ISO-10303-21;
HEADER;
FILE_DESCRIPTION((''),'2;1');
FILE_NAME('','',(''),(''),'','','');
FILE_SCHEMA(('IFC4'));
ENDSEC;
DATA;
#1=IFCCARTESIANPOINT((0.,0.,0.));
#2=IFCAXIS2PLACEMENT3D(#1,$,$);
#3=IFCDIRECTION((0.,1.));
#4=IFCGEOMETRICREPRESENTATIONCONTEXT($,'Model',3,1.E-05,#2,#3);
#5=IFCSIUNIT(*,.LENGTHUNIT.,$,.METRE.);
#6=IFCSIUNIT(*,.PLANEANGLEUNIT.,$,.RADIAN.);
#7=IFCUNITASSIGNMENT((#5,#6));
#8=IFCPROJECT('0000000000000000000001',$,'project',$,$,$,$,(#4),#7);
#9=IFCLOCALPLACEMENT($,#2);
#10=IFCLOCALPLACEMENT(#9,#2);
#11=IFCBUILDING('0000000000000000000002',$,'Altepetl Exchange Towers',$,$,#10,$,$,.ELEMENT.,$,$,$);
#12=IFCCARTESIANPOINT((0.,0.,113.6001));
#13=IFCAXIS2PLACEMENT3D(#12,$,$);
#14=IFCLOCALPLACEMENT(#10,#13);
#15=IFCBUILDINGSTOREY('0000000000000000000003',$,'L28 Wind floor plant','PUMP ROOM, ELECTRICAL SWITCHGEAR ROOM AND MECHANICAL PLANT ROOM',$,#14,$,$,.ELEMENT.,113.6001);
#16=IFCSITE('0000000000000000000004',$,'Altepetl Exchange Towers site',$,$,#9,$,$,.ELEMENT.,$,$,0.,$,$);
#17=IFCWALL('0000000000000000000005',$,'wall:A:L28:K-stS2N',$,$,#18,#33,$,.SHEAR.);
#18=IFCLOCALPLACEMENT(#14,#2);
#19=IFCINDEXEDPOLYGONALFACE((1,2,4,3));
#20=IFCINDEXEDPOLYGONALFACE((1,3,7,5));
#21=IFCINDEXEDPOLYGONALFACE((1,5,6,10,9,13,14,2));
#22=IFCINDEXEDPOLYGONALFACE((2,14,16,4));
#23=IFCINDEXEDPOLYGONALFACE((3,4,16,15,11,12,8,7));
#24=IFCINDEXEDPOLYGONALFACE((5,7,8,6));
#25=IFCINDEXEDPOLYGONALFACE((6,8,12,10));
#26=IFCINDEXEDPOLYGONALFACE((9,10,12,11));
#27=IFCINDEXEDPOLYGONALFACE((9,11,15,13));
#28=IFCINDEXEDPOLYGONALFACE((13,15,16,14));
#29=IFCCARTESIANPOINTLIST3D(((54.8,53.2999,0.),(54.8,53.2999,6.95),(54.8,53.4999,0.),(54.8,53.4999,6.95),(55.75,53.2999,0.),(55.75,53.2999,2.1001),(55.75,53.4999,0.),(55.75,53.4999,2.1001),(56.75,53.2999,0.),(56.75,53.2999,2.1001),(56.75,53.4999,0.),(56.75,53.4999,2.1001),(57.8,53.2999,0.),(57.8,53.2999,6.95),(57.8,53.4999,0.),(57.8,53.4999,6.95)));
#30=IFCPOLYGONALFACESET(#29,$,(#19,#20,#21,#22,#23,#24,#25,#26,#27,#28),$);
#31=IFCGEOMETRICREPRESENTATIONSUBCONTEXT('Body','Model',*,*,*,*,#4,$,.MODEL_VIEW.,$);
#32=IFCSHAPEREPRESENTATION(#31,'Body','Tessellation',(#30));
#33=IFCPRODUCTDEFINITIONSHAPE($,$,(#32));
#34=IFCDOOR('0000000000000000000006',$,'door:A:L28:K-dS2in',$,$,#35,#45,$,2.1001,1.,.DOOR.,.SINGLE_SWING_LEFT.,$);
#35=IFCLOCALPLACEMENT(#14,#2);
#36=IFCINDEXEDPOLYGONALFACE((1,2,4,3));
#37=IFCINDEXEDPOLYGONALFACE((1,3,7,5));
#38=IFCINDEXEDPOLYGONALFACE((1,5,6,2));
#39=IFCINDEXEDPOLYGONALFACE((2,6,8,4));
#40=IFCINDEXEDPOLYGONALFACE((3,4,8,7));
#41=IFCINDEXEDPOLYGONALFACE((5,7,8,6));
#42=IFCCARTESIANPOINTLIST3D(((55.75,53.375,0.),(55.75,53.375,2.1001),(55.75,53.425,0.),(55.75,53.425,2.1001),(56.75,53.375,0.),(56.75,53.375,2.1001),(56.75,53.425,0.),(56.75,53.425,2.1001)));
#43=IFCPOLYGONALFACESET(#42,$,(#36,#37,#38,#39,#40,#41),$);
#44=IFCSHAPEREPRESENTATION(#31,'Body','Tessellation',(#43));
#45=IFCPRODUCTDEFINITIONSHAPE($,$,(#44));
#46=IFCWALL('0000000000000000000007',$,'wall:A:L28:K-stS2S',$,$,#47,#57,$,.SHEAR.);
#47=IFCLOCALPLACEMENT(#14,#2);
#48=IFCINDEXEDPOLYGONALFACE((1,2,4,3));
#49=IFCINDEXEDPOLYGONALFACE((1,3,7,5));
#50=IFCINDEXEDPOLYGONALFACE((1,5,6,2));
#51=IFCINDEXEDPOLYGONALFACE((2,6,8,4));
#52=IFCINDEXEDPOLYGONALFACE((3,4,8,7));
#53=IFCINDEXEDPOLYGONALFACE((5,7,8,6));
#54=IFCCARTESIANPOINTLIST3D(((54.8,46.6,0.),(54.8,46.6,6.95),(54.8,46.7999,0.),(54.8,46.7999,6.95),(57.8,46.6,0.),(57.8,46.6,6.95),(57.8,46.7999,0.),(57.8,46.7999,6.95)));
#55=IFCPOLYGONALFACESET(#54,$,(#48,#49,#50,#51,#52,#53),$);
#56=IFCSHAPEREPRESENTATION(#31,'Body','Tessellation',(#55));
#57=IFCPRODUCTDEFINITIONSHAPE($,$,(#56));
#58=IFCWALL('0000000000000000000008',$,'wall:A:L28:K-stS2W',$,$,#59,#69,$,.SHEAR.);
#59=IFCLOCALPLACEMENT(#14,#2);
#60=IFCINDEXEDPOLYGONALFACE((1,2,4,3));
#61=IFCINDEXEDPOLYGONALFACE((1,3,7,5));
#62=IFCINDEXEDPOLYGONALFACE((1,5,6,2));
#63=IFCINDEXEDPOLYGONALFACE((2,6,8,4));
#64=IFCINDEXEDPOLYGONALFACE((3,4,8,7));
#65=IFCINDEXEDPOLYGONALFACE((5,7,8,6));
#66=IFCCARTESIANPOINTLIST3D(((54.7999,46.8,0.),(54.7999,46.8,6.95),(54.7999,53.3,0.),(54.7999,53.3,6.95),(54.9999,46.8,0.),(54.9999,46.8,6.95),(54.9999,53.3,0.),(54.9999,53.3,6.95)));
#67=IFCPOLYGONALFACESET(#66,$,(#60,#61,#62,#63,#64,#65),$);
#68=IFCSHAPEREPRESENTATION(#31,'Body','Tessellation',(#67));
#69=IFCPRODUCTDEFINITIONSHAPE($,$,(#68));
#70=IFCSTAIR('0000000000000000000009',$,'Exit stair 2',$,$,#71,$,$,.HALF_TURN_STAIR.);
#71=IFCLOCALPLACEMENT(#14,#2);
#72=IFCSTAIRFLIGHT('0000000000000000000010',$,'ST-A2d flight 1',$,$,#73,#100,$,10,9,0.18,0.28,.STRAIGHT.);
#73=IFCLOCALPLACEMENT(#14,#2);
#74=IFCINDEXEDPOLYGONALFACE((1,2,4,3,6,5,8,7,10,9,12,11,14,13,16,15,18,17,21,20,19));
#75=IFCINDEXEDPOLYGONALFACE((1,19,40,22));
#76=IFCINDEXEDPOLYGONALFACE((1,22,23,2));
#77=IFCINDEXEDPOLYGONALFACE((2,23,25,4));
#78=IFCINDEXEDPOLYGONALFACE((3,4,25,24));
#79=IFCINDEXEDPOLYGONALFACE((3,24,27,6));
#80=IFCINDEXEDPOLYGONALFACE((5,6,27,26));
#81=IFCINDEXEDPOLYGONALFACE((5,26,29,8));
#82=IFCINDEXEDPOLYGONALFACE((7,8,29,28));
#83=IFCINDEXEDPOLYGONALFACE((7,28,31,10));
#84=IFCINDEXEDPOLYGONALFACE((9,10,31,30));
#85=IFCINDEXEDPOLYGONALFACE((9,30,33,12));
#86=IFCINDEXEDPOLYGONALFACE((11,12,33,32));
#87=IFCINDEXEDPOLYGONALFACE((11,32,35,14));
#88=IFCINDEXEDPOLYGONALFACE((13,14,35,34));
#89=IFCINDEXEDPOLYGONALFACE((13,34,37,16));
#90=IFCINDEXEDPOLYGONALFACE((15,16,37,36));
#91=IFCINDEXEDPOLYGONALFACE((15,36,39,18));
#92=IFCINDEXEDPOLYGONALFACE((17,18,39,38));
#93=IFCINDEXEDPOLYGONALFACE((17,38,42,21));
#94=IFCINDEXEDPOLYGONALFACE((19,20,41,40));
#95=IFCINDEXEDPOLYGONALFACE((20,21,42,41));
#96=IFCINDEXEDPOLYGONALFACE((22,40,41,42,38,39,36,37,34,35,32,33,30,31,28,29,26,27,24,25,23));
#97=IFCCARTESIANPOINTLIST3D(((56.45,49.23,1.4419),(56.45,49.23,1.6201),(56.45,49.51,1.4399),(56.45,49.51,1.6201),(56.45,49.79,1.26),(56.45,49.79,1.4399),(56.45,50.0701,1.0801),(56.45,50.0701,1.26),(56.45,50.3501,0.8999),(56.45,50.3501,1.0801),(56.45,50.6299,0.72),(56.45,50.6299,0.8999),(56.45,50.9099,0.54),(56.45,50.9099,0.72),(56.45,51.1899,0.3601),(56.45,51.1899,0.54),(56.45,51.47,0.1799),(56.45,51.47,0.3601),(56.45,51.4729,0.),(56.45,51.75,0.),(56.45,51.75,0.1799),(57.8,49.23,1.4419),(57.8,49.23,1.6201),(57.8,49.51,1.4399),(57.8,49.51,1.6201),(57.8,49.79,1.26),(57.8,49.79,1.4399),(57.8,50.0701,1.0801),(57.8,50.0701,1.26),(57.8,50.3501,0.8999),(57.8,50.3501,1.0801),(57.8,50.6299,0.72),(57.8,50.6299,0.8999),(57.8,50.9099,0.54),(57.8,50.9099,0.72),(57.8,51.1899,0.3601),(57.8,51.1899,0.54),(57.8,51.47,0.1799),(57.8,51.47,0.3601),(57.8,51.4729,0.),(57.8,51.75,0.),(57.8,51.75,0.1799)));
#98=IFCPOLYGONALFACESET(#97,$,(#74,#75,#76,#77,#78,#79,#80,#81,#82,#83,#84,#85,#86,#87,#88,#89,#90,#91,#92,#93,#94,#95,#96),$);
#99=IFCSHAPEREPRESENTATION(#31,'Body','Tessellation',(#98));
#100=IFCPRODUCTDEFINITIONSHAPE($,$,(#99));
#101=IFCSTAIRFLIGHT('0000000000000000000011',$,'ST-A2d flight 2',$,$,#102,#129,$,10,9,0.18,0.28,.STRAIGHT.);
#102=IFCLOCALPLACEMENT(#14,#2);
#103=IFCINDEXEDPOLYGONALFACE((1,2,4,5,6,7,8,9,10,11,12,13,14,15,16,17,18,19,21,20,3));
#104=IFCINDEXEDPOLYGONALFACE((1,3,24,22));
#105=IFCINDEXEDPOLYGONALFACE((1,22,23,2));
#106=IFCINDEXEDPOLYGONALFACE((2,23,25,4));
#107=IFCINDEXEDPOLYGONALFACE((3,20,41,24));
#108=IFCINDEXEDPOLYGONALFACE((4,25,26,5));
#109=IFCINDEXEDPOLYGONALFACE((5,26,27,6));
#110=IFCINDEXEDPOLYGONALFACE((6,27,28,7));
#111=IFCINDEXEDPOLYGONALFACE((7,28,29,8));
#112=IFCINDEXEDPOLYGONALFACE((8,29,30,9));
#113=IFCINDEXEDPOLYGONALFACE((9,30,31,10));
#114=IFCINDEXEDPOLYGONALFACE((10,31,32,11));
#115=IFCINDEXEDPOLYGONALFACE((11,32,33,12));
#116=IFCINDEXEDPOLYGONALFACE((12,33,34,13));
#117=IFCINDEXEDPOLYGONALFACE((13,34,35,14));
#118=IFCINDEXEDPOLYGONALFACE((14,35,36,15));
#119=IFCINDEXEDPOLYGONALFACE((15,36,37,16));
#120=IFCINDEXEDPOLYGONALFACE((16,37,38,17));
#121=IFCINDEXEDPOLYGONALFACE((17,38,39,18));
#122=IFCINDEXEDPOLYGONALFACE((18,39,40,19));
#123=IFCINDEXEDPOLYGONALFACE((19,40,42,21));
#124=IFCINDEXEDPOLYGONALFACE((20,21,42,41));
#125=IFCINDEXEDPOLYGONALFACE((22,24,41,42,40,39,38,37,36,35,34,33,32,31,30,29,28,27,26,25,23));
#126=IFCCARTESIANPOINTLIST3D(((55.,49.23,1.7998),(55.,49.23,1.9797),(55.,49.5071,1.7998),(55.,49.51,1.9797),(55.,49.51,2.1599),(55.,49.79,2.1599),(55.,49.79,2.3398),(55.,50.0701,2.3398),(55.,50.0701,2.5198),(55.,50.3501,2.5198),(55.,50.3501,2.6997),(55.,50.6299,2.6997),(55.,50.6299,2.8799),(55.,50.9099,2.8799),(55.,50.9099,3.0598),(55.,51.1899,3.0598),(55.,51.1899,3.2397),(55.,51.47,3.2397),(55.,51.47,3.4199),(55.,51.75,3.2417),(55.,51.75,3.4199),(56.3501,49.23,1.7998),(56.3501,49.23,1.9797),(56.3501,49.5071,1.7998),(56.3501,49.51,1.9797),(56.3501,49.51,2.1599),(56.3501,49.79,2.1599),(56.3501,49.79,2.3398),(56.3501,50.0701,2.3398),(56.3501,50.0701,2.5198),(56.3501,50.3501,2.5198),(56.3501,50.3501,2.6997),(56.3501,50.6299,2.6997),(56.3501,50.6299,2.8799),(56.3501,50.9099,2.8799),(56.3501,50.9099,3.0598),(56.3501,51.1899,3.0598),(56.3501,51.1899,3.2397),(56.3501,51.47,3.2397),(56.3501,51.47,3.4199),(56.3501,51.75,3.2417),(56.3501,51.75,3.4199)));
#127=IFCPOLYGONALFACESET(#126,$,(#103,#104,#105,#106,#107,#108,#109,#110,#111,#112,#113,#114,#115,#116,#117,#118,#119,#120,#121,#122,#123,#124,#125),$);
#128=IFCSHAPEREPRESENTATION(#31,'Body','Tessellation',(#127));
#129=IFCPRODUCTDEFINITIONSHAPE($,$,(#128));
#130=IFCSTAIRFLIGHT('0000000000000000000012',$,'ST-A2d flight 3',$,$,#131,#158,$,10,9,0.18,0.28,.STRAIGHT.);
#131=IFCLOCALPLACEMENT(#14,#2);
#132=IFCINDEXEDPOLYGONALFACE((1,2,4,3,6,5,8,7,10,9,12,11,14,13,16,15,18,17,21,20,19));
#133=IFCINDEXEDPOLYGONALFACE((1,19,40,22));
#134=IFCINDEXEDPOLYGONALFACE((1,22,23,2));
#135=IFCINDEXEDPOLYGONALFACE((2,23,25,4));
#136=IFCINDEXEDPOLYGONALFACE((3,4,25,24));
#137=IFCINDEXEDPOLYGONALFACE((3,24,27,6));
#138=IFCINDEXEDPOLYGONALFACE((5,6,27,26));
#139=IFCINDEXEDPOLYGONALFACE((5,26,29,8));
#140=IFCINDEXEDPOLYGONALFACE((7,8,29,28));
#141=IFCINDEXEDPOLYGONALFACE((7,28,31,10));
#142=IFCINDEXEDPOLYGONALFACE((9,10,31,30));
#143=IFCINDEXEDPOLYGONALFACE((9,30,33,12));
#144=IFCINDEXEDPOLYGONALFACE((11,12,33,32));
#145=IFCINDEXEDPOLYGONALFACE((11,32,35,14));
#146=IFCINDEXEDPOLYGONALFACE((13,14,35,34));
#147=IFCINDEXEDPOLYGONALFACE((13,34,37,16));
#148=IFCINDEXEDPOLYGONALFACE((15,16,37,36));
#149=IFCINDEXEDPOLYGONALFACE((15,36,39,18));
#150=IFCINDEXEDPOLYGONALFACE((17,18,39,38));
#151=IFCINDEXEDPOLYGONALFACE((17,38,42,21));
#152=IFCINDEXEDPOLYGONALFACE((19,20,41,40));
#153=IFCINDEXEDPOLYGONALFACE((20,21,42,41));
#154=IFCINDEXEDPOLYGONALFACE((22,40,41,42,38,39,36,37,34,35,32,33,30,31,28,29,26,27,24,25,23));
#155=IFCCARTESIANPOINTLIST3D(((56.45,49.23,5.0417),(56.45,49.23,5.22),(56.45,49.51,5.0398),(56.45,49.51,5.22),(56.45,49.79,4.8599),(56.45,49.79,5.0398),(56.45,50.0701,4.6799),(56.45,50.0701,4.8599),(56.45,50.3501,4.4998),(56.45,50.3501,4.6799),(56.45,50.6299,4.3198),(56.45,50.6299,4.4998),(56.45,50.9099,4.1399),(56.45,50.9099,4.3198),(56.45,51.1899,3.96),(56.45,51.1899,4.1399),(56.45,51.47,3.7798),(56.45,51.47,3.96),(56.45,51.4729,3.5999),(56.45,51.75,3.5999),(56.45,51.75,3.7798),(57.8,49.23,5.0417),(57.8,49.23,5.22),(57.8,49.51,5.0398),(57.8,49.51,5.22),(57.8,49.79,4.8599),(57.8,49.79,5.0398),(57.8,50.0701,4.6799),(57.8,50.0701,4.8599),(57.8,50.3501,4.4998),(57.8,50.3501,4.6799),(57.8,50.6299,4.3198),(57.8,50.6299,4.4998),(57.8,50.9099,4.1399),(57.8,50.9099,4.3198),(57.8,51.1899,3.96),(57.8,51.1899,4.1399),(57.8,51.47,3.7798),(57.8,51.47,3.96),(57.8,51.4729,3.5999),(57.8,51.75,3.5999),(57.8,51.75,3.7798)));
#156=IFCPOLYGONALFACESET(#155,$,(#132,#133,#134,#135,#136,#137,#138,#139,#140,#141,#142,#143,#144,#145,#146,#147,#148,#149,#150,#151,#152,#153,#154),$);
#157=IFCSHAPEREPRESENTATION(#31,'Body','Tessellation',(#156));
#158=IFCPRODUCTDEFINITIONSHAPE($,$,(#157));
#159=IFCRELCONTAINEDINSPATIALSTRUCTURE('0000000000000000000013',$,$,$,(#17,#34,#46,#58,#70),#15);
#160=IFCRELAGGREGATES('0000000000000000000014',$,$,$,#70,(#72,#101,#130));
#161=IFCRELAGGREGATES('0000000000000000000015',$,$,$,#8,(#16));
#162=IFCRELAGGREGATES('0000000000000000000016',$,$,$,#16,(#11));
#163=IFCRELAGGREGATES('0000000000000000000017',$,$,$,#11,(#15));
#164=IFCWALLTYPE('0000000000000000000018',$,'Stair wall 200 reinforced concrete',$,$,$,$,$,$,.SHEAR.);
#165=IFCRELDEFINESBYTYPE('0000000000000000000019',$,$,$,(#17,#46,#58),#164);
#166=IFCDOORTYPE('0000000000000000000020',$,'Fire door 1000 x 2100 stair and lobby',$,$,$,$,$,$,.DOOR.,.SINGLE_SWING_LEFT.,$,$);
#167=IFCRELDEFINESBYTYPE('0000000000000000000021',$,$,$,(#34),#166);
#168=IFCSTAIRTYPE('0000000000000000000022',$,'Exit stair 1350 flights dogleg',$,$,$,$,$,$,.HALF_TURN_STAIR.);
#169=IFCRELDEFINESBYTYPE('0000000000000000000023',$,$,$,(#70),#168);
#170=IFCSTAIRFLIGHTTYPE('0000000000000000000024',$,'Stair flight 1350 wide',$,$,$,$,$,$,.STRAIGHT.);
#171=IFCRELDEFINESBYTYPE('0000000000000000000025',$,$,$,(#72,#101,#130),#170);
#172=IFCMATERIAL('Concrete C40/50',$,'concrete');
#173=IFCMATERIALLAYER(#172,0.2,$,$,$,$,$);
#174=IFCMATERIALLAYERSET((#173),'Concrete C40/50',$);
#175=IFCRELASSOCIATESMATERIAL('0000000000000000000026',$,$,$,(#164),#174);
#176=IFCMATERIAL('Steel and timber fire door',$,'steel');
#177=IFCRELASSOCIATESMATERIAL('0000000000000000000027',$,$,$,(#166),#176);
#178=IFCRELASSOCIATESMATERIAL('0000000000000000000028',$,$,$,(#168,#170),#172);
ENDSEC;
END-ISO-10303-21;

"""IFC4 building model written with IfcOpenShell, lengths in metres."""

from ifc_helpers import new_model, si_unit, direction, frame, frame_2d, origin, place, context, subcontext, project, spatial, polyline, rectangle, outline, extrude, material, layer, layer_set, type_object, element, fill, aggregate, save


model = new_model("IFC4")

# Units and contexts
model_context = context("Model", 3, precision=1e-05, world=origin(), true_north=direction((0.0, 1.0)))
body_context = subcontext(model_context, "Body", "Model", "MODEL_VIEW")
ifc_project = project(units=[si_unit("LENGTHUNIT", "METRE"), si_unit("PLANEANGLEUNIT", "RADIAN")], contexts=[model_context])

# Site, building, storey
site_placement = place(None, origin())
site = spatial("IfcSite", under=ifc_project, at=site_placement, Name="Altepetl Exchange Towers site", CompositionType="ELEMENT", RefElevation=0.0)
building_placement = place(site_placement, origin())
building = spatial("IfcBuilding", under=site, at=building_placement, Name="Altepetl Exchange Towers", CompositionType="ELEMENT")
storey_placement = place(building_placement, frame((0.0, 0.0, 113.6001)))
storey = spatial("IfcBuildingStorey", under=building, at=storey_placement, Name="L28 Wind floor plant", Description="PUMP ROOM, ELECTRICAL SWITCHGEAR ROOM AND MECHANICAL PLANT ROOM", CompositionType="ELEMENT", Elevation=113.6001)

# Shared definitions
ifc_material_1 = material(Name="Concrete C40/50", Category="concrete")

# Wall, opening, door
ifc_layer_1 = layer(ifc_material_1, 0.2)
ifc_layer_set_1 = layer_set([ifc_layer_1], Name="Concrete C40/50")
wall_type_1 = type_object("IfcWallType", Name="Stair wall 200 reinforced concrete", PredefinedType="SHEAR", material=ifc_layer_set_1)
wall_1_placement = place(storey_placement, frame((54.8, 53.3999, 0.0)))
wall_1 = element("IfcWall", 1, at=wall_1_placement, inside=storey, type_object=wall_type_1, Name="wall:A:L28:K-stS2N", PredefinedType="SHEAR", context=body_context, shape_type="SweptSolid", body=[
    extrude(rectangle(XDim=3.0, YDim=0.2, at=frame_2d((1.5, 0.0))), origin(), (0.0, 0.0, 1.0), 6.95),
])
opening_placement = place(wall_1_placement, frame((0.95, 0.0, 0.0)))
opening = element("IfcOpeningElement", 2, at=opening_placement, cuts=wall_1, PredefinedType="OPENING", context=body_context, shape_type="SweptSolid", body=[
    extrude(rectangle(XDim=1.0, YDim=2.1001, at=frame_2d((0.5, 1.05))), frame((0.0, 0.1099, 0.0), z_axis=(0.0, -1.0, 0.0), x_axis=(1.0, 0.0, 0.0)), (0.0, 0.0, 1.0), 0.22),
])
ifc_material_2 = material(Name="Steel and timber fire door", Category="steel")
door_type = type_object("IfcDoorType", Name="Fire door 1000 x 2100 stair and lobby", OperationType="SINGLE_SWING_LEFT", PredefinedType="DOOR", material=ifc_material_2)
door_placement = place(opening_placement, frame((1.0, 0.0, 0.0), x_axis=(-1.0, 0.0, 0.0)))
door = element("IfcDoor", 3, at=door_placement, inside=storey, type_object=door_type, Name="door:A:L28:K-dS2in", OperationType="SINGLE_SWING_LEFT", OverallHeight=2.1001, OverallWidth=1.0, PredefinedType="DOOR", context=body_context, shape_type="SweptSolid", body=[
    extrude(rectangle(XDim=1.0, YDim=2.1001, at=frame_2d((0.5, 1.05))), frame((0.0, 0.0249, 0.0), z_axis=(0.0, -1.0, 0.0), x_axis=(1.0, 0.0, 0.0)), (0.0, 0.0, 1.0), 0.05),
])
fill(opening, door)

# Walls
wall_2_placement = place(storey_placement, frame((54.8, 46.7, 0.0)))
element("IfcWall", 4, at=wall_2_placement, inside=storey, type_object=wall_type_1, Name="wall:A:L28:K-stS2S", PredefinedType="SHEAR", context=body_context, shape_type="SweptSolid", body=[
    extrude(rectangle(XDim=3.0, YDim=0.2, at=frame_2d((1.5, 0.0))), origin(), (0.0, 0.0, 1.0), 6.95),
])
wall_3_placement = place(storey_placement, frame((54.8999, 46.8, 0.0), z_axis=(0.0, 0.0, 1.0), x_axis=(0.0, 1.0, 0.0)))
element("IfcWall", 5, at=wall_3_placement, inside=storey, type_object=wall_type_1, Name="wall:A:L28:K-stS2W", PredefinedType="SHEAR", context=body_context, shape_type="SweptSolid", body=[
    extrude(rectangle(XDim=6.5, YDim=0.2, at=frame_2d((3.25, 0.0))), origin(), (0.0, 0.0, 1.0), 6.95),
])

# Stair, stair flights
stair_type = type_object("IfcStairType", Name="Exit stair 1350 flights dogleg", PredefinedType="HALF_TURN_STAIR", material=ifc_material_1)
stair_placement = place(storey_placement, origin())
stair = element("IfcStair", 6, at=stair_placement, inside=storey, type_object=stair_type, Name="Exit stair 2", PredefinedType="HALF_TURN_STAIR")
stair_flight_type = type_object("IfcStairFlightType", Name="Stair flight 1350 wide", PredefinedType="STRAIGHT", material=ifc_material_1)
stair_flight_1_placement = place(storey_placement, frame((57.125, 51.75, 0.0), z_axis=(0.0, 0.0, 1.0), x_axis=(0.0, -1.0, 0.0)))
stair_flight_1 = element("IfcStairFlight", 7, at=stair_flight_1_placement, type_object=stair_flight_type, Name="ST-A2d flight 1", NumberOfRisers=10, NumberOfTreads=9, PredefinedType="STRAIGHT", RiserHeight=0.18, TreadLength=0.28, context=body_context, shape_type="SweptSolid", body=[
    extrude(outline(polyline([(0.0, 0.0), (0.0, 0.1799), (0.28, 0.1799), (0.28, 0.3601), (0.5601, 0.3601), (0.5601, 0.54), (0.8401, 0.54), (0.8401, 0.72), (1.1201, 0.72), (1.1201, 0.8999), (1.3999, 0.8999), (1.3999, 1.0801), (1.6799, 1.0801), (1.6799, 1.26), (1.96, 1.26), (1.96, 1.4399), (2.24, 1.4399), (2.24, 1.6201), (2.52, 1.6201), (2.52, 1.8), (2.52, 1.4419), (0.2771, 0.0), (0.0, 0.0)])), frame((0.0, 0.675, 0.0), z_axis=(0.0, -1.0, 0.0), x_axis=(1.0, 0.0, 0.0)), (0.0, 0.0, 1.0), 1.3501),
])
stair_flight_2_placement = place(storey_placement, frame((55.675, 49.23, 1.7998), z_axis=(0.0, 0.0, 1.0), x_axis=(0.0, 1.0, 0.0)))
stair_flight_2 = element("IfcStairFlight", 8, at=stair_flight_2_placement, type_object=stair_flight_type, Name="ST-A2d flight 2", NumberOfRisers=10, NumberOfTreads=9, PredefinedType="STRAIGHT", RiserHeight=0.18, TreadLength=0.28, context=body_context, shape_type="SweptSolid", body=[
    extrude(outline(polyline([(0.0, 0.0), (0.0, 0.1799), (0.28, 0.1799), (0.28, 0.3601), (0.5601, 0.3601), (0.5601, 0.54), (0.8401, 0.54), (0.8401, 0.72), (1.1201, 0.72), (1.1201, 0.8999), (1.3999, 0.8999), (1.3999, 1.0801), (1.6799, 1.0801), (1.6799, 1.26), (1.96, 1.26), (1.96, 1.4399), (2.24, 1.4399), (2.24, 1.6201), (2.52, 1.6201), (2.52, 1.8), (2.52, 1.4419), (0.2771, 0.0), (0.0, 0.0)])), frame((0.0, 0.675, 0.0), z_axis=(0.0, -1.0, 0.0), x_axis=(1.0, 0.0, 0.0)), (0.0, 0.0, 1.0), 1.3501),
])
stair_flight_3_placement = place(storey_placement, frame((57.125, 51.75, 3.5999), z_axis=(0.0, 0.0, 1.0), x_axis=(0.0, -1.0, 0.0)))
stair_flight_3 = element("IfcStairFlight", 9, at=stair_flight_3_placement, type_object=stair_flight_type, Name="ST-A2d flight 3", NumberOfRisers=10, NumberOfTreads=9, PredefinedType="STRAIGHT", RiserHeight=0.18, TreadLength=0.28, context=body_context, shape_type="SweptSolid", body=[
    extrude(outline(polyline([(0.0, 0.0), (0.0, 0.1799), (0.28, 0.1799), (0.28, 0.3601), (0.5601, 0.3601), (0.5601, 0.54), (0.8401, 0.54), (0.8401, 0.72), (1.1201, 0.72), (1.1201, 0.8999), (1.3999, 0.8999), (1.3999, 1.0801), (1.6799, 1.0801), (1.6799, 1.26), (1.96, 1.26), (1.96, 1.4399), (2.24, 1.4399), (2.24, 1.6201), (2.52, 1.6201), (2.52, 1.8), (2.52, 1.4419), (0.2771, 0.0), (0.0, 0.0)])), frame((0.0, 0.675, 0.0), z_axis=(0.0, -1.0, 0.0), x_axis=(1.0, 0.0, 0.0)), (0.0, 0.0, 1.0), 1.3501),
])
aggregate(stair, [stair_flight_1, stair_flight_2, stair_flight_3])

save(model, "model.ifc")
